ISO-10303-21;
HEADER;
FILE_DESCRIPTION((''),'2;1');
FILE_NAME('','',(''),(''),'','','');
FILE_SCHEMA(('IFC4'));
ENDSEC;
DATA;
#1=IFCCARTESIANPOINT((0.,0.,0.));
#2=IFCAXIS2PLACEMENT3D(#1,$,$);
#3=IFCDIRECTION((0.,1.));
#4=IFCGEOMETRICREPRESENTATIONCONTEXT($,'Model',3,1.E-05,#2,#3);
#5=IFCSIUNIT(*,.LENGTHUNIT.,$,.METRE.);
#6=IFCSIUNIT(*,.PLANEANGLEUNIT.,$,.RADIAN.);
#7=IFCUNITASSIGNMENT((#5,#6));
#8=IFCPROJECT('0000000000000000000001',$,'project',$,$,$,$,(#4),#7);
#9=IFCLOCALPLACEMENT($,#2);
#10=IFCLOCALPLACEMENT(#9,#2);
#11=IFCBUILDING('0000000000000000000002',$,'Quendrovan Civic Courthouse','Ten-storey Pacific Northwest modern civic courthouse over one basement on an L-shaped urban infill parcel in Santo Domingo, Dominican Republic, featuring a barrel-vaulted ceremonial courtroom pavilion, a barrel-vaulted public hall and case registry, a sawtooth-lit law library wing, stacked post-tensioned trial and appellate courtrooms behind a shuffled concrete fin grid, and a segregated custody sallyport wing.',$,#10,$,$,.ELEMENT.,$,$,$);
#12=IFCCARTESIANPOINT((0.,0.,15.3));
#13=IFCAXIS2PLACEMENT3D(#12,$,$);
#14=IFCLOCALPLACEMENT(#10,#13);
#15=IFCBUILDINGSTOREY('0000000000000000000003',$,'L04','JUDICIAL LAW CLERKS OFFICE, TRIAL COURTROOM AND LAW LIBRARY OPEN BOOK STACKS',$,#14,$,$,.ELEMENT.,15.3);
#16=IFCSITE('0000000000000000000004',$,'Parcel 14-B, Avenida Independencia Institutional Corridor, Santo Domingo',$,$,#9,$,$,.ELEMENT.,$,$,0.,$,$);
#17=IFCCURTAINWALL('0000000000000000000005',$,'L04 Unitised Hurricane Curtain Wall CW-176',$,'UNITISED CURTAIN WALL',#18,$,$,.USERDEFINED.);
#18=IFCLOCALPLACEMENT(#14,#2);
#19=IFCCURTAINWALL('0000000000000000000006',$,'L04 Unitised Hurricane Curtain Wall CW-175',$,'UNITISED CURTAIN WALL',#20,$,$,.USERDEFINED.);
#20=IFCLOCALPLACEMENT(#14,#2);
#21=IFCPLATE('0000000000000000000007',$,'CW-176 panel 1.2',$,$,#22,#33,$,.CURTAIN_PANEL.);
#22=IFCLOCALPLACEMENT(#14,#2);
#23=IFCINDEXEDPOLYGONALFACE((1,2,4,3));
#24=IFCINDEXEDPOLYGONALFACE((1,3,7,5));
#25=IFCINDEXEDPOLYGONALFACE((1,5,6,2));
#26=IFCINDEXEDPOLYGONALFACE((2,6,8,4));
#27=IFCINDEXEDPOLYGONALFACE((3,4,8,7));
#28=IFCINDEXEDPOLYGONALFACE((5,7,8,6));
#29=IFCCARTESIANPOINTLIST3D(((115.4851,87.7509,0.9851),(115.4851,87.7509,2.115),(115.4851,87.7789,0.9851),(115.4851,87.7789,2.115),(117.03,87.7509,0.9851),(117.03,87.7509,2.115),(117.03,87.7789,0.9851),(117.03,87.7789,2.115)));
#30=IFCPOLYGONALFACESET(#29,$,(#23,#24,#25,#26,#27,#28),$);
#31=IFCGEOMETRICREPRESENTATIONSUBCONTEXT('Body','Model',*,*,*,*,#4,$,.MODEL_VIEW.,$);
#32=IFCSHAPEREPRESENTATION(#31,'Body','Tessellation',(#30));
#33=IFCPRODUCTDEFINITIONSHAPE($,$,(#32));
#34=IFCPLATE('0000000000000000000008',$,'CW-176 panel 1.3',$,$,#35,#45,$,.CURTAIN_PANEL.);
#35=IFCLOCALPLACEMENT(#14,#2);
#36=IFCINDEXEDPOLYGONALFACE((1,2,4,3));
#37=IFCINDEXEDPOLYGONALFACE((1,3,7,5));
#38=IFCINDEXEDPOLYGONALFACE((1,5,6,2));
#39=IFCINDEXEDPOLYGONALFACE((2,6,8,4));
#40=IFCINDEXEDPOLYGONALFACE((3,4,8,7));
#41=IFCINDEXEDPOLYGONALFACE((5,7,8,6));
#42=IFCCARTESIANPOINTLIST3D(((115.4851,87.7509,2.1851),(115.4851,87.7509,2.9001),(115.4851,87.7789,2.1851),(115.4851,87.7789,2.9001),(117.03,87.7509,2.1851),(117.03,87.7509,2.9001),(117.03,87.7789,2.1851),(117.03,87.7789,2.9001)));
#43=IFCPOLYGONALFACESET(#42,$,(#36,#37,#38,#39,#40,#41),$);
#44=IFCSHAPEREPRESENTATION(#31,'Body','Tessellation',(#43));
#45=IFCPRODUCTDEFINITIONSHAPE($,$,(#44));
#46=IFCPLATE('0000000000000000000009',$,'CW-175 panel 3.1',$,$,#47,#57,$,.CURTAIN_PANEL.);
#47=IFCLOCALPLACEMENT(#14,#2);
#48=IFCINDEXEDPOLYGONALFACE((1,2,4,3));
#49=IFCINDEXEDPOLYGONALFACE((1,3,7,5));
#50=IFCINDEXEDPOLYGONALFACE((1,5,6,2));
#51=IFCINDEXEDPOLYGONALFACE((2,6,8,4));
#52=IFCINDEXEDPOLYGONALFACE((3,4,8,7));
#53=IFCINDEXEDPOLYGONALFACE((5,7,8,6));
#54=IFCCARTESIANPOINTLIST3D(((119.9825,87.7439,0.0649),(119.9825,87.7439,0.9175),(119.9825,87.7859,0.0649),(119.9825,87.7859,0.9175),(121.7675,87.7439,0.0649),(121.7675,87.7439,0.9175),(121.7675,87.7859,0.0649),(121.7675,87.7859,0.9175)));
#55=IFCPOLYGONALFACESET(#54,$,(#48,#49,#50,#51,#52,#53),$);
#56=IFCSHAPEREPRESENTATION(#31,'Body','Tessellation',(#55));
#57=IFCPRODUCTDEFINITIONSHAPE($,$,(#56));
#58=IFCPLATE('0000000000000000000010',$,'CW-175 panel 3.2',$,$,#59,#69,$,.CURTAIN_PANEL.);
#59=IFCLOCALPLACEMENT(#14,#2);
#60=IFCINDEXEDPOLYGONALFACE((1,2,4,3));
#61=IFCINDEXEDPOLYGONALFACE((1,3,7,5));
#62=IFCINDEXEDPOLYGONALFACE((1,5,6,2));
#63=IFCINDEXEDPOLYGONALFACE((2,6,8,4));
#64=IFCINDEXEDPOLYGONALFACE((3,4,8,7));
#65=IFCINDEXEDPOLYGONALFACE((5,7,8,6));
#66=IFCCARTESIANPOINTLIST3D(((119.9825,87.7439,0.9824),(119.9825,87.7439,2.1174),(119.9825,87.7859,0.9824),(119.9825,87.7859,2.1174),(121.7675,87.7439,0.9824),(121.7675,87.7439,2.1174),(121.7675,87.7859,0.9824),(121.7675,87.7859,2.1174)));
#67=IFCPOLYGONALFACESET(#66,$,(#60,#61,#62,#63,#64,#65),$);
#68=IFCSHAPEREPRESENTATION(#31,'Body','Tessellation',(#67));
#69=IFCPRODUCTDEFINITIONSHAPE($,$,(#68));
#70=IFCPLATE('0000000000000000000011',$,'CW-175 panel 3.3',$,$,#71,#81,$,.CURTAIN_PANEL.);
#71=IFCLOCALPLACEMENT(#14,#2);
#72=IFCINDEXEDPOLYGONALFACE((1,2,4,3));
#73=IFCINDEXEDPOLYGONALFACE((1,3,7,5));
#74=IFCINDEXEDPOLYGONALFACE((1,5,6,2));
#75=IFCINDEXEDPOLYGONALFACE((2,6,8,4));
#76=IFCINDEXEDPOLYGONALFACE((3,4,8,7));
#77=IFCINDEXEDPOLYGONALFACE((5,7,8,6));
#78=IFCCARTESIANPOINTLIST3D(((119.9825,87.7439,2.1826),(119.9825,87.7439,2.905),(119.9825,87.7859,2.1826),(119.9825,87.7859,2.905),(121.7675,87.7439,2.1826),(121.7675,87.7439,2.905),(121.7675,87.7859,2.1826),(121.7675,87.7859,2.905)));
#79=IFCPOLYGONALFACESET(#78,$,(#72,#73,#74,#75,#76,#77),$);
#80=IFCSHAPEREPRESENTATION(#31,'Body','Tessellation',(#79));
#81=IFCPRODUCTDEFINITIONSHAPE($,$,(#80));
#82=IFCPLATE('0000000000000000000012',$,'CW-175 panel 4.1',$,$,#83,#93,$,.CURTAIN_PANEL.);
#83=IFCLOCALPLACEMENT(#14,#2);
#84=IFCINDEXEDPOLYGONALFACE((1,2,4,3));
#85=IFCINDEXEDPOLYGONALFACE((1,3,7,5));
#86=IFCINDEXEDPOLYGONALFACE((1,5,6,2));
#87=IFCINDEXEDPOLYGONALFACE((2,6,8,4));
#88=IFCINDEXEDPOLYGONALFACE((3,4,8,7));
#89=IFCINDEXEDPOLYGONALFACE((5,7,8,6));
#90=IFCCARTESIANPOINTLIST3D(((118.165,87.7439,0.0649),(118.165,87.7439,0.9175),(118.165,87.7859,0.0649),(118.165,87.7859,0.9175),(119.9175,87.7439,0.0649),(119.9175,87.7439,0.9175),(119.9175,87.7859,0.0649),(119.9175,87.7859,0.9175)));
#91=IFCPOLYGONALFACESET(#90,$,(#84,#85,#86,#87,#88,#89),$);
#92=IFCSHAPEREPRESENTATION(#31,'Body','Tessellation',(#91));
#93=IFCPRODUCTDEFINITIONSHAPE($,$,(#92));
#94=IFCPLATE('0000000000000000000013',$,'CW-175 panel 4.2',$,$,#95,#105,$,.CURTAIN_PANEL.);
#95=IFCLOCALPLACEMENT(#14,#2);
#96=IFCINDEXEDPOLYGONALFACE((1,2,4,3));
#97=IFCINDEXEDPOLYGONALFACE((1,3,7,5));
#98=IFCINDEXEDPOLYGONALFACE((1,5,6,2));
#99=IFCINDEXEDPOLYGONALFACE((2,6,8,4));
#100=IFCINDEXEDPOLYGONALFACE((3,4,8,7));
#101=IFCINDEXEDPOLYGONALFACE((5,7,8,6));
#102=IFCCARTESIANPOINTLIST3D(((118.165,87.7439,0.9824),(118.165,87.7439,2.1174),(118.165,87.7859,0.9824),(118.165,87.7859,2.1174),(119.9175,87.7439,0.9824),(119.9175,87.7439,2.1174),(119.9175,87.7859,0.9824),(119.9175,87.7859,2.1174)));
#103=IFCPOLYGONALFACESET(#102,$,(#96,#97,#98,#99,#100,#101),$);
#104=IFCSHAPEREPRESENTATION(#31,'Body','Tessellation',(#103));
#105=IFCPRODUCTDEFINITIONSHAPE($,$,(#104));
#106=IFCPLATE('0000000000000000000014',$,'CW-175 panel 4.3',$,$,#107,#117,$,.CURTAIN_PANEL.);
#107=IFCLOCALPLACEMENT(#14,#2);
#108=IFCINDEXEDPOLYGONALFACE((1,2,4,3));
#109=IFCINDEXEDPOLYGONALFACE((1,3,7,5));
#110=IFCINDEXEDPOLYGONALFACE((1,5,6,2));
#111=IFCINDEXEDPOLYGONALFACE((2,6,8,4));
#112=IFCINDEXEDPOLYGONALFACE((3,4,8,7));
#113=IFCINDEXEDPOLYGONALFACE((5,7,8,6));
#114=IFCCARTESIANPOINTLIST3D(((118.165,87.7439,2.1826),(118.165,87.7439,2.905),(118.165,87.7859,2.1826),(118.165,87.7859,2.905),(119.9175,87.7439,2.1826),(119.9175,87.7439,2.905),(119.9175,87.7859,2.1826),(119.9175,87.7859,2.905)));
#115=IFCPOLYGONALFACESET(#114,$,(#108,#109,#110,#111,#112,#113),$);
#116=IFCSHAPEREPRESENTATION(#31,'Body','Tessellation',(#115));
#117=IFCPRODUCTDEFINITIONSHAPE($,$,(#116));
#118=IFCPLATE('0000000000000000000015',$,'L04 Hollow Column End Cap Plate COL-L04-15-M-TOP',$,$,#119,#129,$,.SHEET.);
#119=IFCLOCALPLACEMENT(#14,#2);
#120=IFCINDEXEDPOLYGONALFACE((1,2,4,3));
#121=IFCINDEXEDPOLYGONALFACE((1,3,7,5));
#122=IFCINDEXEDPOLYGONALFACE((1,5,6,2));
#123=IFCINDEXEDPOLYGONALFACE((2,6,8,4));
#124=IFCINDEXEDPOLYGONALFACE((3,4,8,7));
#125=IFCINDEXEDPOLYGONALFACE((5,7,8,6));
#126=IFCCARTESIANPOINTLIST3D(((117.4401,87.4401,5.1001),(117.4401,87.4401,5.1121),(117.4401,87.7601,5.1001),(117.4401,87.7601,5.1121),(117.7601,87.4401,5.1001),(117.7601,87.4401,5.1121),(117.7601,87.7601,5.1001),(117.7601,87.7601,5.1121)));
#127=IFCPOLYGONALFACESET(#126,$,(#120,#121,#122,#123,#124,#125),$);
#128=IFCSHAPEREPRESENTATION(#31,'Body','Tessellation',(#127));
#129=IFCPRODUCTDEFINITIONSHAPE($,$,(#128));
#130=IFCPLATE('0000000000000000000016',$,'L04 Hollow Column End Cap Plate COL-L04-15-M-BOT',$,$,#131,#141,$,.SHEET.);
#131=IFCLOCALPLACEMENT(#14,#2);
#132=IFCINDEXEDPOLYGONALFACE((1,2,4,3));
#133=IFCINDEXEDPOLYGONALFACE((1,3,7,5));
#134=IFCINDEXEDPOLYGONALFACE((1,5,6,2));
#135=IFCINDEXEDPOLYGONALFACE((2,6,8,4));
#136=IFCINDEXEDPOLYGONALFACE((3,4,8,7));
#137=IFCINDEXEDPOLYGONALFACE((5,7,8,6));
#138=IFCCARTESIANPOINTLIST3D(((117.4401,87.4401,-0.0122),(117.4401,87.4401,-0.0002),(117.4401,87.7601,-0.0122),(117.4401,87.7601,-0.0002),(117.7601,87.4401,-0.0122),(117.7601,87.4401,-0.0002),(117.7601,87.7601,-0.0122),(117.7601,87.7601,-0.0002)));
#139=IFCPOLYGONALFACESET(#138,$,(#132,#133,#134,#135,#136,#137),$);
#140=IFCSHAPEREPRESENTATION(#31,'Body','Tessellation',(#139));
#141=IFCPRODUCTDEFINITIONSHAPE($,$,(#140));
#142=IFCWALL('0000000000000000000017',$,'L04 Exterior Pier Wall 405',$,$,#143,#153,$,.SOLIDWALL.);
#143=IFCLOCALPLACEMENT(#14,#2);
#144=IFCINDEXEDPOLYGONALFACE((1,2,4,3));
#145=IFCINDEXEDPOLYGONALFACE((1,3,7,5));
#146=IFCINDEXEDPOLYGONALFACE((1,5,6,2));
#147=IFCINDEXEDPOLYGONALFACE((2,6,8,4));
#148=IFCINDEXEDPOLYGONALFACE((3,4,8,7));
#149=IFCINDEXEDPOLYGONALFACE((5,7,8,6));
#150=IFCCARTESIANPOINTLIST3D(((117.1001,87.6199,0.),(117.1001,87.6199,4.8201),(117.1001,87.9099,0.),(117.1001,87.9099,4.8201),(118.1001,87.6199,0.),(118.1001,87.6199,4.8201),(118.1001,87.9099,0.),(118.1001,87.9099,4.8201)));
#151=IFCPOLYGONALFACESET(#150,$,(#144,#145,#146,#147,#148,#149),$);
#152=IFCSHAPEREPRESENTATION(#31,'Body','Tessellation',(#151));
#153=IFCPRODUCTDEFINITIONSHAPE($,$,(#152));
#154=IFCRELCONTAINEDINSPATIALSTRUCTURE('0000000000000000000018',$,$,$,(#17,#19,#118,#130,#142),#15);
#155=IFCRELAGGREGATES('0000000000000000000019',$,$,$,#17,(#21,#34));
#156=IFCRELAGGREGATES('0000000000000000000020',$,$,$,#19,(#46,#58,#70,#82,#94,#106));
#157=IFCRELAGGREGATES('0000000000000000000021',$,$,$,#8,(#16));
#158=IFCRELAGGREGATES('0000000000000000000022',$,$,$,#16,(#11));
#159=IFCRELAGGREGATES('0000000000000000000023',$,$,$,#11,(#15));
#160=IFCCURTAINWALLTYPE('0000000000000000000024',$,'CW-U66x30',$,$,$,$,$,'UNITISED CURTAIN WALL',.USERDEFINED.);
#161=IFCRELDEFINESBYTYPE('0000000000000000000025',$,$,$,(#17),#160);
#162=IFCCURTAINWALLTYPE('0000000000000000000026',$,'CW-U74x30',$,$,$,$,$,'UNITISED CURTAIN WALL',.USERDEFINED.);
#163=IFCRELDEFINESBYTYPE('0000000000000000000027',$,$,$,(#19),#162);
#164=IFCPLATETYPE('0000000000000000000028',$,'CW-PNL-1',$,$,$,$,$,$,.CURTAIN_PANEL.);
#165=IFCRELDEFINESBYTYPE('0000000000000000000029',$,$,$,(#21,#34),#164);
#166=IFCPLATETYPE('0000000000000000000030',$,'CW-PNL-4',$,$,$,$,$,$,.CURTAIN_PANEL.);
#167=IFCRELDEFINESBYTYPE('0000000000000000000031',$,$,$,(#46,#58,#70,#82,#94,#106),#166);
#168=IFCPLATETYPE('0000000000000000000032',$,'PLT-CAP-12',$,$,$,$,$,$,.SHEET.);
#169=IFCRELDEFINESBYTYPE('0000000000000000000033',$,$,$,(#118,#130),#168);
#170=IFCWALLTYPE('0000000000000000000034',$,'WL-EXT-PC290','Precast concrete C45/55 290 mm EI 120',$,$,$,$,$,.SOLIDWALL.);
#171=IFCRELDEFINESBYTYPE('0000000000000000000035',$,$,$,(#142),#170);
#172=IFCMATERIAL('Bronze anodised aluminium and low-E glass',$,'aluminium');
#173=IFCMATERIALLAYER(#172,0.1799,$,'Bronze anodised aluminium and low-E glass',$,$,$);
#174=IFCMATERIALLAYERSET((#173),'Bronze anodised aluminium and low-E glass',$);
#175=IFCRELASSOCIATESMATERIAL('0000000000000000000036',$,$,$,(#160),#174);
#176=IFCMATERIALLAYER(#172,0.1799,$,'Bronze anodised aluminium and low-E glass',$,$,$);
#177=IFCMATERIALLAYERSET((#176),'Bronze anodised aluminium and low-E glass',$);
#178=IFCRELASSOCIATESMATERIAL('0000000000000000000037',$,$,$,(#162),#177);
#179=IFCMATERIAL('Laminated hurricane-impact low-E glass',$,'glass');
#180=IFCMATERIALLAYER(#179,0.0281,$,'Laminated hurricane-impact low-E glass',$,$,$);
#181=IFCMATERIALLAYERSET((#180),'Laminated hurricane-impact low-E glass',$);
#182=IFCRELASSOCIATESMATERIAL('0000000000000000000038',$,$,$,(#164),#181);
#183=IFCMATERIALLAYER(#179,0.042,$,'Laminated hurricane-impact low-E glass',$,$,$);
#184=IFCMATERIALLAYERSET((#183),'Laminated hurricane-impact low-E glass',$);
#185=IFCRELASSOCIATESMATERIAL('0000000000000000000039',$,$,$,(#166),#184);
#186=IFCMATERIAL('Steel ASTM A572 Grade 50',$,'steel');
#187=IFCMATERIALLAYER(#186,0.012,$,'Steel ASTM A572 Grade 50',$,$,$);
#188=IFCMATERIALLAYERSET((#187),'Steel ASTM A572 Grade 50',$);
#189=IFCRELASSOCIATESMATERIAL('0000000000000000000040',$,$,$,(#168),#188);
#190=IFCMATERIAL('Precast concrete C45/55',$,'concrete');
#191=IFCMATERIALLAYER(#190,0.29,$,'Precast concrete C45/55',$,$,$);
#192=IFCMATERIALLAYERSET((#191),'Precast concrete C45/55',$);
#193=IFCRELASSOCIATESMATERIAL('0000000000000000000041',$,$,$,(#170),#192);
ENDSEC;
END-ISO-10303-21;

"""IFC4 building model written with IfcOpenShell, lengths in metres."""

from ifc_helpers import new_model, si_unit, direction, frame, frame_2d, origin, origin_2d, place, context, subcontext, project, spatial, rectangle, extrude, material, layer, layer_set, type_object, element, aggregate, save


model = new_model("IFC4")

# Units and contexts
model_context = context("Model", 3, precision=1e-05, world=origin(), true_north=direction((0.0, 1.0)))
body_context = subcontext(model_context, "Body", "Model", "MODEL_VIEW")
ifc_project = project(units=[si_unit("LENGTHUNIT", "METRE"), si_unit("PLANEANGLEUNIT", "RADIAN")], contexts=[model_context])

# Site, building, storey
site_placement = place(None, origin())
site = spatial("IfcSite", under=ifc_project, at=site_placement, Name="Parcel 14-B, Avenida Independencia Institutional Corridor, Santo Domingo", CompositionType="ELEMENT", RefElevation=0.0)
building_placement = place(site_placement, origin())
building = spatial("IfcBuilding", under=site, at=building_placement, Name="Quendrovan Civic Courthouse", Description="Ten-storey Pacific Northwest modern civic courthouse over one basement on an L-shaped urban infill parcel in Santo Domingo, Dominican Republic, featuring a barrel-vaulted ceremonial courtroom pavilion, a barrel-vaulted public hall and case registry, a sawtooth-lit law library wing, stacked post-tensioned trial and appellate courtrooms behind a shuffled concrete fin grid, and a segregated custody sallyport wing.", CompositionType="ELEMENT")
storey_placement = place(building_placement, frame((0.0, 0.0, 15.3)))
storey = spatial("IfcBuildingStorey", under=building, at=storey_placement, Name="L04", Description="JUDICIAL LAW CLERKS OFFICE, TRIAL COURTROOM AND LAW LIBRARY OPEN BOOK STACKS", CompositionType="ELEMENT", Elevation=15.3)

# Curtain walls
ifc_material_1 = material(Name="Bronze anodised aluminium and low-E glass", Category="aluminium")
ifc_layer_1 = layer(ifc_material_1, 0.1799, Name="Bronze anodised aluminium and low-E glass")
ifc_layer_set_1 = layer_set([ifc_layer_1], Name="Bronze anodised aluminium and low-E glass")
curtain_wall_type_1 = type_object("IfcCurtainWallType", Name="CW-U66x30", ElementType="UNITISED CURTAIN WALL", PredefinedType="USERDEFINED", material=ifc_layer_set_1)
curtain_wall_1_placement = place(storey_placement, origin())
curtain_wall_1 = element("IfcCurtainWall", 1, at=curtain_wall_1_placement, inside=storey, type_object=curtain_wall_type_1, Name="L04 Unitised Hurricane Curtain Wall CW-176", ObjectType="UNITISED CURTAIN WALL", PredefinedType="USERDEFINED")
ifc_layer_2 = layer(ifc_material_1, 0.1799, Name="Bronze anodised aluminium and low-E glass")
ifc_layer_set_2 = layer_set([ifc_layer_2], Name="Bronze anodised aluminium and low-E glass")
curtain_wall_type_2 = type_object("IfcCurtainWallType", Name="CW-U74x30", ElementType="UNITISED CURTAIN WALL", PredefinedType="USERDEFINED", material=ifc_layer_set_2)
curtain_wall_2_placement = place(storey_placement, origin())
curtain_wall_2 = element("IfcCurtainWall", 2, at=curtain_wall_2_placement, inside=storey, type_object=curtain_wall_type_2, Name="L04 Unitised Hurricane Curtain Wall CW-175", ObjectType="UNITISED CURTAIN WALL", PredefinedType="USERDEFINED")

# Plates
ifc_material_2 = material(Name="Laminated hurricane-impact low-E glass", Category="glass")
ifc_layer_3 = layer(ifc_material_2, 0.0281, Name="Laminated hurricane-impact low-E glass")
ifc_layer_set_3 = layer_set([ifc_layer_3], Name="Laminated hurricane-impact low-E glass")
plate_type_1 = type_object("IfcPlateType", Name="CW-PNL-1", PredefinedType="CURTAIN_PANEL", material=ifc_layer_set_3)
plate_1_placement = place(storey_placement, frame((116.2576, 87.7649, 0.9851), z_axis=(0.0, 0.0, 1.0), x_axis=(-1.0, 0.0, 0.0)))
plate_1 = element("IfcPlate", 3, at=plate_1_placement, type_object=plate_type_1, Name="CW-176 panel 1.2", PredefinedType="CURTAIN_PANEL", context=body_context, shape_type="SweptSolid", body=[
    extrude(rectangle(XDim=1.5449, YDim=0.0281, at=origin_2d()), origin(), (0.0, 0.0, 1.0), 1.1299),
])
plate_2_placement = place(storey_placement, frame((116.2576, 87.7649, 2.1851), z_axis=(0.0, 0.0, 1.0), x_axis=(-1.0, 0.0, 0.0)))
plate_2 = element("IfcPlate", 4, at=plate_2_placement, type_object=plate_type_1, Name="CW-176 panel 1.3", PredefinedType="CURTAIN_PANEL", context=body_context, shape_type="SweptSolid", body=[
    extrude(rectangle(XDim=1.5449, YDim=0.0281, at=origin_2d()), origin(), (0.0, 0.0, 1.0), 0.7151),
])
aggregate(curtain_wall_1, [plate_1, plate_2])
ifc_layer_4 = layer(ifc_material_2, 0.042, Name="Laminated hurricane-impact low-E glass")
ifc_layer_set_4 = layer_set([ifc_layer_4], Name="Laminated hurricane-impact low-E glass")
plate_type_2 = type_object("IfcPlateType", Name="CW-PNL-4", PredefinedType="CURTAIN_PANEL", material=ifc_layer_set_4)
plate_3_placement = place(storey_placement, frame((120.875, 87.7649, 0.0649), z_axis=(0.0, 0.0, 1.0), x_axis=(-1.0, 0.0, 0.0)))
plate_3 = element("IfcPlate", 5, at=plate_3_placement, type_object=plate_type_2, Name="CW-175 panel 3.1", PredefinedType="CURTAIN_PANEL", context=body_context, shape_type="SweptSolid", body=[
    extrude(rectangle(XDim=1.7849, YDim=0.042, at=origin_2d()), origin(), (0.0, 0.0, 1.0), 0.8525),
])
plate_4_placement = place(storey_placement, frame((120.875, 87.7649, 0.9824), z_axis=(0.0, 0.0, 1.0), x_axis=(-1.0, 0.0, 0.0)))
plate_4 = element("IfcPlate", 6, at=plate_4_placement, type_object=plate_type_2, Name="CW-175 panel 3.2", PredefinedType="CURTAIN_PANEL", context=body_context, shape_type="SweptSolid", body=[
    extrude(rectangle(XDim=1.7849, YDim=0.042, at=origin_2d()), origin(), (0.0, 0.0, 1.0), 1.135),
])
plate_5_placement = place(storey_placement, frame((120.875, 87.7649, 2.1826), z_axis=(0.0, 0.0, 1.0), x_axis=(-1.0, 0.0, 0.0)))
plate_5 = element("IfcPlate", 7, at=plate_5_placement, type_object=plate_type_2, Name="CW-175 panel 3.3", PredefinedType="CURTAIN_PANEL", context=body_context, shape_type="SweptSolid", body=[
    extrude(rectangle(XDim=1.7849, YDim=0.042, at=origin_2d()), origin(), (0.0, 0.0, 1.0), 0.7224),
])
plate_6_placement = place(storey_placement, frame((119.0413, 87.7649, 0.0649), z_axis=(0.0, 0.0, 1.0), x_axis=(-1.0, 0.0, 0.0)))
plate_6 = element("IfcPlate", 8, at=plate_6_placement, type_object=plate_type_2, Name="CW-175 panel 4.1", PredefinedType="CURTAIN_PANEL", context=body_context, shape_type="SweptSolid", body=[
    extrude(rectangle(XDim=1.7524, YDim=0.042, at=origin_2d()), origin(), (0.0, 0.0, 1.0), 0.8525),
])
plate_7_placement = place(storey_placement, frame((119.0413, 87.7649, 0.9824), z_axis=(0.0, 0.0, 1.0), x_axis=(-1.0, 0.0, 0.0)))
plate_7 = element("IfcPlate", 9, at=plate_7_placement, type_object=plate_type_2, Name="CW-175 panel 4.2", PredefinedType="CURTAIN_PANEL", context=body_context, shape_type="SweptSolid", body=[
    extrude(rectangle(XDim=1.7524, YDim=0.042, at=origin_2d()), origin(), (0.0, 0.0, 1.0), 1.135),
])
plate_8_placement = place(storey_placement, frame((119.0413, 87.7649, 2.1826), z_axis=(0.0, 0.0, 1.0), x_axis=(-1.0, 0.0, 0.0)))
plate_8 = element("IfcPlate", 10, at=plate_8_placement, type_object=plate_type_2, Name="CW-175 panel 4.3", PredefinedType="CURTAIN_PANEL", context=body_context, shape_type="SweptSolid", body=[
    extrude(rectangle(XDim=1.7524, YDim=0.042, at=origin_2d()), origin(), (0.0, 0.0, 1.0), 0.7224),
])
aggregate(curtain_wall_2, [plate_3, plate_4, plate_5, plate_6, plate_7, plate_8])

# Plates
ifc_material_3 = material(Name="Steel ASTM A572 Grade 50", Category="steel")
ifc_layer_5 = layer(ifc_material_3, 0.012, Name="Steel ASTM A572 Grade 50")
ifc_layer_set_5 = layer_set([ifc_layer_5], Name="Steel ASTM A572 Grade 50")
plate_type_3 = type_object("IfcPlateType", Name="PLT-CAP-12", PredefinedType="SHEET", material=ifc_layer_set_5)
for number, where, z_axis, x_axis, name in (
    (11, (117.6001, 87.6001, 5.1001), (0.0, 0.0, 1.0), (1.0, 0.0, 0.0), "L04 Hollow Column End Cap Plate COL-L04-15-M-TOP"),
    (12, (117.6001, 87.6001, -0.0122), (0.0, 0.0, 1.0), (1.0, 0.0, 0.0), "L04 Hollow Column End Cap Plate COL-L04-15-M-BOT"),
):
    element("IfcPlate", number, at=place(storey_placement, frame(where, z_axis=z_axis, x_axis=x_axis)), inside=storey, type_object=plate_type_3, Name=name, PredefinedType="SHEET", context=body_context, shape_type="SweptSolid", body=[
        extrude(rectangle(XDim=0.3201, YDim=0.3201, at=origin_2d()), origin(), (0.0, 0.0, 1.0), 0.012),
    ])

# Wall
ifc_material_4 = material(Name="Precast concrete C45/55", Category="concrete")
ifc_layer_6 = layer(ifc_material_4, 0.29, Name="Precast concrete C45/55")
ifc_layer_set_6 = layer_set([ifc_layer_6], Name="Precast concrete C45/55")
wall_type = type_object("IfcWallType", Name="WL-EXT-PC290", Description="Precast concrete C45/55 290 mm EI 120", PredefinedType="SOLIDWALL", material=ifc_layer_set_6)
wall_placement = place(storey_placement, frame((118.1001, 87.7649, 0.0), z_axis=(0.0, 0.0, 1.0), x_axis=(-1.0, 0.0, 0.0)))
element("IfcWall", 13, at=wall_placement, inside=storey, type_object=wall_type, Name="L04 Exterior Pier Wall 405", PredefinedType="SOLIDWALL", context=body_context, shape_type="SweptSolid", body=[
    extrude(rectangle(XDim=1.0, YDim=0.29, at=frame_2d((0.5, 0.0))), origin(), (0.0, 0.0, 1.0), 4.8201),
])

save(model, "model.ifc")
